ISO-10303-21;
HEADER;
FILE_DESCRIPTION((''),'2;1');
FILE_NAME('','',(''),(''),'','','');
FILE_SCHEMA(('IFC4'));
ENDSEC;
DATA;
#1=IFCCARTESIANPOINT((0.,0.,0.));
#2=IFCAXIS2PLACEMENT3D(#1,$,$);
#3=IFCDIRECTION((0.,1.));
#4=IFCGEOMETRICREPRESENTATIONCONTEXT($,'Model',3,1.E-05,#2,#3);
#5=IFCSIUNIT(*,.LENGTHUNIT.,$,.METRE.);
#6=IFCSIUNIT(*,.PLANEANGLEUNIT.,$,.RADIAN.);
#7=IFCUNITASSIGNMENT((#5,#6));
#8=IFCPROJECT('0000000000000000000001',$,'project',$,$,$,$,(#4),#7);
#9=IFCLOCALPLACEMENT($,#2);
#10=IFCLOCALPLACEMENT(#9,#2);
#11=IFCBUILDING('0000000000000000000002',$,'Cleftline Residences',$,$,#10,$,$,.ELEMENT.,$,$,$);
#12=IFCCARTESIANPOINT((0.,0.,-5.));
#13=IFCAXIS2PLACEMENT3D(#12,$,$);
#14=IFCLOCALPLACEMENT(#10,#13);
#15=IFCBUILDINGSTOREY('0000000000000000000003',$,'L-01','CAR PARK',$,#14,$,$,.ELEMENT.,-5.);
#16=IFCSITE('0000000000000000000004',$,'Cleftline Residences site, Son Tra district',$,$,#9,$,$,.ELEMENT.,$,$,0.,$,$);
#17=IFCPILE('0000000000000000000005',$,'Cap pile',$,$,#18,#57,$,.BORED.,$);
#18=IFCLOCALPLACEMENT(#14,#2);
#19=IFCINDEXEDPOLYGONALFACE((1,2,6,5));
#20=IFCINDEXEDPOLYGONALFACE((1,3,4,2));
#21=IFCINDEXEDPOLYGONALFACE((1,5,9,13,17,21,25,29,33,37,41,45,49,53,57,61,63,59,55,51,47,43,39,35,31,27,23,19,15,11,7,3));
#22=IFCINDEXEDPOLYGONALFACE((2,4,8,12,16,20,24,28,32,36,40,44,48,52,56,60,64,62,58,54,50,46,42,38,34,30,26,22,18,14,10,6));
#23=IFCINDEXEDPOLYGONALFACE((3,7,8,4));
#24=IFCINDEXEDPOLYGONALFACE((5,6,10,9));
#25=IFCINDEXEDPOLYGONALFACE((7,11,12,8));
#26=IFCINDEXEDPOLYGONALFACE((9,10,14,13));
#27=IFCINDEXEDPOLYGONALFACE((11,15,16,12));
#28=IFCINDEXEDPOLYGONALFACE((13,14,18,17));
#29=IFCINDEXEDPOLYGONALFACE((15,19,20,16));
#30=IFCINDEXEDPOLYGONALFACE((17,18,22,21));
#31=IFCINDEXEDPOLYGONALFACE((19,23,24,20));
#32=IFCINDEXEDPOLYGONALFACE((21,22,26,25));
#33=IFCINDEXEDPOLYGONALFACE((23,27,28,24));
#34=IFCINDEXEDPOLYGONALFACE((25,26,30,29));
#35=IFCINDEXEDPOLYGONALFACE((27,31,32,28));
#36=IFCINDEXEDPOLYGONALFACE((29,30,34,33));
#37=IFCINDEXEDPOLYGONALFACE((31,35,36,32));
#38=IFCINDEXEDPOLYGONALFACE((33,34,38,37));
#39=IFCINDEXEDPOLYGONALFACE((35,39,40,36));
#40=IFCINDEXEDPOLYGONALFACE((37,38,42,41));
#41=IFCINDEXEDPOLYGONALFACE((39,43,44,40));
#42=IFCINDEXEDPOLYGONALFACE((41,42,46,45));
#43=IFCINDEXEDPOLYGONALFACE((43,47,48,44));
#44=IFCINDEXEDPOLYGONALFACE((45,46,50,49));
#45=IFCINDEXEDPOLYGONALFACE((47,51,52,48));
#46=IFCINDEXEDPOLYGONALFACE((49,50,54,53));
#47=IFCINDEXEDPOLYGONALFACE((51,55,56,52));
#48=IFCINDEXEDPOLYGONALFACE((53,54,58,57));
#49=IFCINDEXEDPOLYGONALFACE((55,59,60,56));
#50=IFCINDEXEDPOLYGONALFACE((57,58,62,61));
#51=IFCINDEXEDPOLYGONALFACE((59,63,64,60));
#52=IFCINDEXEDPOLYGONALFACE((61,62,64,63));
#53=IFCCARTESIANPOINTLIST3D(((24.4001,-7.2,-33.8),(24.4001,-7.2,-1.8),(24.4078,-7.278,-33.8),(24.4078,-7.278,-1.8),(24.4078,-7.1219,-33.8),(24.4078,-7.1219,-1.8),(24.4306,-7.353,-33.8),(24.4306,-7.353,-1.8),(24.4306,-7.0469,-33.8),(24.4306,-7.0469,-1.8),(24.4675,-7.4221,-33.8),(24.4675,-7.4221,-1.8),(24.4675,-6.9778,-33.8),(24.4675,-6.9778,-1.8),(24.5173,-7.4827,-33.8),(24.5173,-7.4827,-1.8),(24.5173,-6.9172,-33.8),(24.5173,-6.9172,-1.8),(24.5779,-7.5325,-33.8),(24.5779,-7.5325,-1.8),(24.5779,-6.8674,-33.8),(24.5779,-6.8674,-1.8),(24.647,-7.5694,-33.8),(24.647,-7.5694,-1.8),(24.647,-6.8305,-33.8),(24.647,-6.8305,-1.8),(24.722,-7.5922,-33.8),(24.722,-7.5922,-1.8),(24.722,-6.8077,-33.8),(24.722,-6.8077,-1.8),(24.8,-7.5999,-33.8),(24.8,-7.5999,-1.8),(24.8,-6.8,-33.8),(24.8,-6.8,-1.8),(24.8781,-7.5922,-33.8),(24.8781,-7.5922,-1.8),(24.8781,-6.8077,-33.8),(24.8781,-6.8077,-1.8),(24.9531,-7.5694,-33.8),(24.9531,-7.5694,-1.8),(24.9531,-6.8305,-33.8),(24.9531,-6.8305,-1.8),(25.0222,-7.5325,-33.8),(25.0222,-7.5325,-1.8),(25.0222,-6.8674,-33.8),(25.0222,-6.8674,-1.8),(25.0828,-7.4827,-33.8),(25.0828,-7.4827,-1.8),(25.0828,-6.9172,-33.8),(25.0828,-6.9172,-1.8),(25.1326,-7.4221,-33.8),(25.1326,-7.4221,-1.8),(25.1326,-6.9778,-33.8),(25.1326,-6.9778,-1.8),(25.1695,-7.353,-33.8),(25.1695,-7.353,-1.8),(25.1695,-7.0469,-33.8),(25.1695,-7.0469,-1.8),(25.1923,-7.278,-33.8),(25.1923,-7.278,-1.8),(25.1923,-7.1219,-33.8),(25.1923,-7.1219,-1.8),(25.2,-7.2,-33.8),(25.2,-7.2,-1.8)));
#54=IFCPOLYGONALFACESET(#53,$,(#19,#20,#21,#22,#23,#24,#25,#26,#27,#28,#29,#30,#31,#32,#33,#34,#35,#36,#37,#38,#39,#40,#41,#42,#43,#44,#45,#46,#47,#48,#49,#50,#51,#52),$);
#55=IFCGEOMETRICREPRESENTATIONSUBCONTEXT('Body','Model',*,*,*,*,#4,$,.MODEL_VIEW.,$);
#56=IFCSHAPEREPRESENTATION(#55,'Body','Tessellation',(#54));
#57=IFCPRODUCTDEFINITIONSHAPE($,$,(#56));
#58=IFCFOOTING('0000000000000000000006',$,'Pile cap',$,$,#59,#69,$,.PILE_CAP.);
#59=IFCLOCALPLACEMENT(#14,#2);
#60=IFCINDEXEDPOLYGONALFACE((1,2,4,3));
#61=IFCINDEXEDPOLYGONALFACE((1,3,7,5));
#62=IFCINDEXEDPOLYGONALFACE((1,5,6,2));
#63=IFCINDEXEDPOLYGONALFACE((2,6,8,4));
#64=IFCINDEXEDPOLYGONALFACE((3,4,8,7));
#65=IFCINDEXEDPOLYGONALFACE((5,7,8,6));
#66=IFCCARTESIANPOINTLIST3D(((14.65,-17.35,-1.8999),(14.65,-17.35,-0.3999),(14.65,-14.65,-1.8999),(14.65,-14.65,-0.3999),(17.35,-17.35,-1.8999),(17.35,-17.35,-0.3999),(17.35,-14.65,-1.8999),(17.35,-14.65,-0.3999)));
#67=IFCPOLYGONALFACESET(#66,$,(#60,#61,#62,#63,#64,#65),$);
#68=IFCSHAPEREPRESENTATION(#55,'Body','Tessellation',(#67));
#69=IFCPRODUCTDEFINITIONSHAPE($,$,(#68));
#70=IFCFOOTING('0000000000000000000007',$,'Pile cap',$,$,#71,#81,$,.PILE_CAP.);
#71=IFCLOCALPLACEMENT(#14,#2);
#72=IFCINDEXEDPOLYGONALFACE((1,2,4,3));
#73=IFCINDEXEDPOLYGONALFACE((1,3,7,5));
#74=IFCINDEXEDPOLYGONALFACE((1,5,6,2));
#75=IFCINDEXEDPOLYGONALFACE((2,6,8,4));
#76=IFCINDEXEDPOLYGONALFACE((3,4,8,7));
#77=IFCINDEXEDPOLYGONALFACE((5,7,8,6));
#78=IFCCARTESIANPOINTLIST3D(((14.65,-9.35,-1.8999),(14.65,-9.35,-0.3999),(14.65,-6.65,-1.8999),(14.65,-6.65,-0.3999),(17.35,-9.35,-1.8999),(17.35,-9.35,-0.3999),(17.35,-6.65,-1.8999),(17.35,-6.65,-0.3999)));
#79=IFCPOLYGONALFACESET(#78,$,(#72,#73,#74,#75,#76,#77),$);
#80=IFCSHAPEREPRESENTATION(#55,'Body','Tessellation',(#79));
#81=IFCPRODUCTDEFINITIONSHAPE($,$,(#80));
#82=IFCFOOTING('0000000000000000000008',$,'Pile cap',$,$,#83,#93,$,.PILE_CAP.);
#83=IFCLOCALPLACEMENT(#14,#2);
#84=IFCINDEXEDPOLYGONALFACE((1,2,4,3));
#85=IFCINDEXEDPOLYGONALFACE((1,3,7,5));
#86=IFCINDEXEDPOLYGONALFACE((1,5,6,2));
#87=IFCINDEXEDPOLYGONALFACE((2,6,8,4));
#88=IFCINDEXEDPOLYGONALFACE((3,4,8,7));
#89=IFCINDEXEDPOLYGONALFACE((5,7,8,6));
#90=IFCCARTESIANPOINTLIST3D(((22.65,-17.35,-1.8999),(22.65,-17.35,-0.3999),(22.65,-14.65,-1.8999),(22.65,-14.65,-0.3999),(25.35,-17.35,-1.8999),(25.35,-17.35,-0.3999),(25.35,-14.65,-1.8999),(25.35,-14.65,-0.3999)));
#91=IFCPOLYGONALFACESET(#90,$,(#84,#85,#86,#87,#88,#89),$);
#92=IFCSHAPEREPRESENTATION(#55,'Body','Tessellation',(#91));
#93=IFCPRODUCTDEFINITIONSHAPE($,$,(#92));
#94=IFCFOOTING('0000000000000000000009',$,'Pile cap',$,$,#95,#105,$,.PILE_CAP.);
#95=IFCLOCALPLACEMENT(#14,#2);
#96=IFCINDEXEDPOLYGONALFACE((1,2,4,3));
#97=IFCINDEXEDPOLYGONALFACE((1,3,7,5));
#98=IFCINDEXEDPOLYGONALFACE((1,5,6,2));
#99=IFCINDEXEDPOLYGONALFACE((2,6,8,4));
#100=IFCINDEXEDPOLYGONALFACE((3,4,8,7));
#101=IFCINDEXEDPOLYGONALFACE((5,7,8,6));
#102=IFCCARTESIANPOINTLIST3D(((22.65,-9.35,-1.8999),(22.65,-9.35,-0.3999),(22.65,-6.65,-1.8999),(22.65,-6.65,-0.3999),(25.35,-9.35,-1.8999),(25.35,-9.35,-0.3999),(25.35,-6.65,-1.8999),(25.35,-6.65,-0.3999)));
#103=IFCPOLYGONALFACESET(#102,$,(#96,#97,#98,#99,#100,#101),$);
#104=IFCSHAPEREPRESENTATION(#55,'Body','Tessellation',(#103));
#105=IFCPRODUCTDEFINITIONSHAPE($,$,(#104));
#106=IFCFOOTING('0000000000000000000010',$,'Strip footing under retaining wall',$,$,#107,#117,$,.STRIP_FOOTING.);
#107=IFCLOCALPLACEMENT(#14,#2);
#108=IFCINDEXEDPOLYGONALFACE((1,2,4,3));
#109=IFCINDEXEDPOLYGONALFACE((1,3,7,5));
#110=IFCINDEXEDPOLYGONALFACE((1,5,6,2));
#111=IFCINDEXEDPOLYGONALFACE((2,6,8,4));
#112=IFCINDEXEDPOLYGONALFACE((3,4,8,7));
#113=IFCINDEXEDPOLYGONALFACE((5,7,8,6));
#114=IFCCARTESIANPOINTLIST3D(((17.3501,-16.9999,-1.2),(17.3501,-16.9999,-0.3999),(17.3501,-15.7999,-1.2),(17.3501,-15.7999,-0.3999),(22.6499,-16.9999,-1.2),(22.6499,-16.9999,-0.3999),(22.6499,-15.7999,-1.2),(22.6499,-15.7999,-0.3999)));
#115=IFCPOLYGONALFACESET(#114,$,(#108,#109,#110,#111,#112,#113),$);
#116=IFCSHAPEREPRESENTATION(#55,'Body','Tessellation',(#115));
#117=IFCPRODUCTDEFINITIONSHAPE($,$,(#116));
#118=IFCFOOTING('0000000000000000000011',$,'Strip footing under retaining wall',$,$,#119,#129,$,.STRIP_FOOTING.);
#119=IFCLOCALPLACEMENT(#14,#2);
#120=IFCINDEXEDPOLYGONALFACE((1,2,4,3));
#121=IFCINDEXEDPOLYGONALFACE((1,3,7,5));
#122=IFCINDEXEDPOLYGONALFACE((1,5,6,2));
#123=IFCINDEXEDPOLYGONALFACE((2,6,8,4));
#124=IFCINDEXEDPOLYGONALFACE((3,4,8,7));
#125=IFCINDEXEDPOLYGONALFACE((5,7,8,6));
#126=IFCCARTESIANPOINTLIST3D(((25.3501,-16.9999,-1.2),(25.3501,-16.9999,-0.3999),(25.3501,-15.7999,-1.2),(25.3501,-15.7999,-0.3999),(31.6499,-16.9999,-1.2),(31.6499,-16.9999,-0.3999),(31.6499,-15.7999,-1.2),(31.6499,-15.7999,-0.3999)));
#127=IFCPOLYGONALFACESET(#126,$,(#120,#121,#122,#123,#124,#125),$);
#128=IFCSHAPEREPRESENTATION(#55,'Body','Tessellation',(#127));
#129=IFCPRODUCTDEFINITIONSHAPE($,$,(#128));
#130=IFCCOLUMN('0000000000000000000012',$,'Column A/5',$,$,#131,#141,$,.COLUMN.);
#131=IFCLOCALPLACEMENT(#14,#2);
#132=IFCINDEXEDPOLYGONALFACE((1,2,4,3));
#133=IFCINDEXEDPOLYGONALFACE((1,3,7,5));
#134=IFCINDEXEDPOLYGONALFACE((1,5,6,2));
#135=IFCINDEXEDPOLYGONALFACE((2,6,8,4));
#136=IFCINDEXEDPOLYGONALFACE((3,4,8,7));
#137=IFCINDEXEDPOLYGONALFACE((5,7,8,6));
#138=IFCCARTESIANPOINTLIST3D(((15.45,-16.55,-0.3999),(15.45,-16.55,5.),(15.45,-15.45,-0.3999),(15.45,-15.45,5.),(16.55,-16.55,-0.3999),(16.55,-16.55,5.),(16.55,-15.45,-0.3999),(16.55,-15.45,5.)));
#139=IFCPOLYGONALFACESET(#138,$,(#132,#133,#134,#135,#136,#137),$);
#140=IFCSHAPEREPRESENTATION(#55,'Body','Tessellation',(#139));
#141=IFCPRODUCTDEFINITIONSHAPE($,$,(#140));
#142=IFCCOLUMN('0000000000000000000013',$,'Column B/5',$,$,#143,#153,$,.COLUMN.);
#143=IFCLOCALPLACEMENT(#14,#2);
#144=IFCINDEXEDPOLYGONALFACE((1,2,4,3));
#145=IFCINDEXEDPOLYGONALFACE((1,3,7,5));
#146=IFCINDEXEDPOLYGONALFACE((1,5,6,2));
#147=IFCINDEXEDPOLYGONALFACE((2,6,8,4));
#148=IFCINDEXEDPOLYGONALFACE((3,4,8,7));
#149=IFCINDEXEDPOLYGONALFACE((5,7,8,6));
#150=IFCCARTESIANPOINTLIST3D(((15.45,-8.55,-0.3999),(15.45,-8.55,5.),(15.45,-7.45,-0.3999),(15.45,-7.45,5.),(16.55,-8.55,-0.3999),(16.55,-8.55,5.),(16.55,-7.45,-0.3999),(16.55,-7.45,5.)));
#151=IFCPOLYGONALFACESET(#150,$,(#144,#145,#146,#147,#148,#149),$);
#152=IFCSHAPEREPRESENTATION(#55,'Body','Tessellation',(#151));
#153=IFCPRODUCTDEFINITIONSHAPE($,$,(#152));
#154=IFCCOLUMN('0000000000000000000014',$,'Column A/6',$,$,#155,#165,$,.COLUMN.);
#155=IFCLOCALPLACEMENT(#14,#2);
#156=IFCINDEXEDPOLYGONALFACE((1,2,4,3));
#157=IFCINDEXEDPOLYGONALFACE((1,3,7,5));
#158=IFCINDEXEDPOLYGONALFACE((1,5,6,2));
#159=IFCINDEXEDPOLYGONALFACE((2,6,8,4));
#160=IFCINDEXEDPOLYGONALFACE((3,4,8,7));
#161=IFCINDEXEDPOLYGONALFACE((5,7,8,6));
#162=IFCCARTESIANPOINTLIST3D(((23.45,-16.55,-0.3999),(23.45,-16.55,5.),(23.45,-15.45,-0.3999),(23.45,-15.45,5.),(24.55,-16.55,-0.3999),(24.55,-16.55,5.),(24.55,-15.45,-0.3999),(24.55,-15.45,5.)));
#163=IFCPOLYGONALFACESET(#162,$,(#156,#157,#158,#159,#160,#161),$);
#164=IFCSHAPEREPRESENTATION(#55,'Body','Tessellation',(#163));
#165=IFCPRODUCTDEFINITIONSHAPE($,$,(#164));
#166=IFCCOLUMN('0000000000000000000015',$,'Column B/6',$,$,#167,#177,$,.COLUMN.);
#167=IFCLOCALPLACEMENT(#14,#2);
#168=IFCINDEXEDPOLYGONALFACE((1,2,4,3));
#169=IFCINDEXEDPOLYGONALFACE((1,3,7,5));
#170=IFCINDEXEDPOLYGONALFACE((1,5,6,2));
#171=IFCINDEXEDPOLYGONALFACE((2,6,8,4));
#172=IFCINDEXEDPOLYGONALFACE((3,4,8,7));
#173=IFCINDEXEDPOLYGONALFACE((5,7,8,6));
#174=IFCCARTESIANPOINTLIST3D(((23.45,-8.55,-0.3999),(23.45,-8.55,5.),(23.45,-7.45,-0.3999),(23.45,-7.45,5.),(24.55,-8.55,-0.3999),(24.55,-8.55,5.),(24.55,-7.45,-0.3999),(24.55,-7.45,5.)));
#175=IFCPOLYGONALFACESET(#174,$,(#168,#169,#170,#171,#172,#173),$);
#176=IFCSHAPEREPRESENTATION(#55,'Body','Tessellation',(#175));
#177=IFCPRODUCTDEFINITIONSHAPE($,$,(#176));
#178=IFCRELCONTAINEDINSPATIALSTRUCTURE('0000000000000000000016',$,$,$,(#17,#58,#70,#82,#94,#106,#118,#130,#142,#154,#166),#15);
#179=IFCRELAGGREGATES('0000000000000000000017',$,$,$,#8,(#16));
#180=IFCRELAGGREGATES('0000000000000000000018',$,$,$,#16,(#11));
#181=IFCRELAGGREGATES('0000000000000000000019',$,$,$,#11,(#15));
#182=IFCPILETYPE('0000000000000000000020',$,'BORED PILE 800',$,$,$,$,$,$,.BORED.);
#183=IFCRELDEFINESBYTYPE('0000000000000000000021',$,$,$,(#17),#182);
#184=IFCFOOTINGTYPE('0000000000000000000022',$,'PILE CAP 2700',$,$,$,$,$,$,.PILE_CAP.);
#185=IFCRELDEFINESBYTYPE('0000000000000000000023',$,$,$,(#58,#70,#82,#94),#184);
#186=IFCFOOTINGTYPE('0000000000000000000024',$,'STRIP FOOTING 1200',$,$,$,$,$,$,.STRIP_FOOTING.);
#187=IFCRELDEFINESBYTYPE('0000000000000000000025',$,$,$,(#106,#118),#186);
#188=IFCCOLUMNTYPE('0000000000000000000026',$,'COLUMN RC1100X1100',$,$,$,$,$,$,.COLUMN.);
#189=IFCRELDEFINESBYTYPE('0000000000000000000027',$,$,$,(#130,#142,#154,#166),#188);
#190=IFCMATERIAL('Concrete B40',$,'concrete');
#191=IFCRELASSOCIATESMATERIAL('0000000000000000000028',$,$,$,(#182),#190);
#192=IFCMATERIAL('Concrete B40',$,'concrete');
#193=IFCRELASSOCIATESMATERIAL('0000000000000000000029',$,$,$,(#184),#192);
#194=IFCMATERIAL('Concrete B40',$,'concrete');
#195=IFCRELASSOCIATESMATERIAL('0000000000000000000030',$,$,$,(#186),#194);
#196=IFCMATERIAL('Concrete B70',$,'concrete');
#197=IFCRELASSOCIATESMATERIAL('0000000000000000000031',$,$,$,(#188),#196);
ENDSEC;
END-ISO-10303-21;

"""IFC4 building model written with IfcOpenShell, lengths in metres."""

from ifc_helpers import new_model, si_unit, direction, frame, frame_2d, origin, origin_2d, place, context, subcontext, project, spatial, rectangle, circle, extrude, material, material_profile, profile_set, type_object, element, save


model = new_model("IFC4")

# Units and contexts
model_context = context("Model", 3, precision=1e-05, world=origin(), true_north=direction((0.0, 1.0)))
body_context = subcontext(model_context, "Body", "Model", "MODEL_VIEW")
ifc_project = project(units=[si_unit("LENGTHUNIT", "METRE"), si_unit("PLANEANGLEUNIT", "RADIAN")], contexts=[model_context])

# Site, building, storey
site_placement = place(None, origin())
site = spatial("IfcSite", under=ifc_project, at=site_placement, Name="Cleftline Residences site, Son Tra district", CompositionType="ELEMENT", RefElevation=0.0)
building_placement = place(site_placement, origin())
building = spatial("IfcBuilding", under=site, at=building_placement, Name="Cleftline Residences", CompositionType="ELEMENT")
storey_placement = place(building_placement, frame((0.0, 0.0, -5.0)))
storey = spatial("IfcBuildingStorey", under=building, at=storey_placement, Name="L-01", Description="CAR PARK", CompositionType="ELEMENT", Elevation=-5.0)

# Pile
ifc_material_1 = material(Name="Concrete B40", Category="concrete")
ifc_material_profile_1 = material_profile(ifc_material_1, circle(Radius=0.3999, at=origin_2d()))
ifc_profile_set_1 = profile_set([ifc_material_profile_1], Name="Concrete B40")
pile_type_1 = type_object("IfcPileType", Name="BORED PILE 800", PredefinedType="BORED", material=ifc_profile_set_1)
for number, where, z_axis, x_axis, name in (
    (1, (24.8, -7.2, -1.8), (0.0, 0.0, -1.0), (1.0, 0.0, 0.0), "Cap pile"),
):
    element("IfcPile", number, at=place(storey_placement, frame(where, z_axis=z_axis, x_axis=x_axis)), inside=storey, type_object=pile_type_1, Name=name, PredefinedType="BORED", context=body_context, shape_type="SweptSolid", body=[
        extrude(circle(Radius=0.3999, at=origin_2d()), origin(), (0.0, 0.0, 1.0), 32.0),
    ])

# Footings
ifc_material_2 = material(Name="Concrete B40", Category="concrete")
footing_type_1 = type_object("IfcFootingType", Name="PILE CAP 2700", PredefinedType="PILE_CAP", material=ifc_material_2)
for number, where, z_axis, x_axis, name in (
    (2, (16.0, -16.0, -1.8999), (0.0, 0.0, 1.0), (1.0, 0.0, 0.0), "Pile cap"),
    (3, (16.0, -8.0, -1.8999), (0.0, 0.0, 1.0), (1.0, 0.0, 0.0), "Pile cap"),
    (4, (24.0, -16.0, -1.8999), (0.0, 0.0, 1.0), (1.0, 0.0, 0.0), "Pile cap"),
    (5, (24.0, -8.0, -1.8999), (0.0, 0.0, 1.0), (1.0, 0.0, 0.0), "Pile cap"),
):
    element("IfcFooting", number, at=place(storey_placement, frame(where, z_axis=z_axis, x_axis=x_axis)), inside=storey, type_object=footing_type_1, Name=name, PredefinedType="PILE_CAP", context=body_context, shape_type="SweptSolid", body=[
        extrude(rectangle(XDim=2.7, YDim=2.7, at=origin_2d()), origin(), (0.0, 0.0, 1.0), 1.5),
    ])
ifc_material_3 = material(Name="Concrete B40", Category="concrete")
footing_type_2 = type_object("IfcFootingType", Name="STRIP FOOTING 1200", PredefinedType="STRIP_FOOTING", material=ifc_material_3)
footing_1_placement = place(storey_placement, frame((17.3501, -16.3999, -1.2), z_axis=(0.0, 0.0, 1.0), x_axis=(1.0, 0.0, 0.0)))
element("IfcFooting", 6, at=footing_1_placement, inside=storey, type_object=footing_type_2, Name="Strip footing under retaining wall", PredefinedType="STRIP_FOOTING", context=body_context, shape_type="SweptSolid", body=[
    extrude(rectangle(XDim=5.2998, YDim=1.2, at=frame_2d((2.6499, 0.0))), origin(), (0.0, 0.0, 1.0), 0.8),
])
footing_2_placement = place(storey_placement, frame((25.3501, -16.3999, -1.2), z_axis=(0.0, 0.0, 1.0), x_axis=(1.0, 0.0, 0.0)))
element("IfcFooting", 7, at=footing_2_placement, inside=storey, type_object=footing_type_2, Name="Strip footing under retaining wall", PredefinedType="STRIP_FOOTING", context=body_context, shape_type="SweptSolid", body=[
    extrude(rectangle(XDim=6.2998, YDim=1.2, at=frame_2d((3.1499, 0.0))), origin(), (0.0, 0.0, 1.0), 0.8),
])

# Columns
ifc_material_4 = material(Name="Concrete B70", Category="concrete")
ifc_material_profile_2 = material_profile(ifc_material_4, rectangle(XDim=1.1001, YDim=1.1001, at=origin_2d()))
ifc_profile_set_2 = profile_set([ifc_material_profile_2], Name="Concrete B70")
column_type = type_object("IfcColumnType", Name="COLUMN RC1100X1100", PredefinedType="COLUMN", material=ifc_profile_set_2)
for number, where, z_axis, x_axis, name in (
    (8, (16.0, -16.0, -0.3999), (0.0, 0.0, 1.0), (1.0, 0.0, 0.0), "Column A/5"),
    (9, (16.0, -8.0, -0.3999), (0.0, 0.0, 1.0), (1.0, 0.0, 0.0), "Column B/5"),
    (10, (24.0, -16.0, -0.3999), (0.0, 0.0, 1.0), (1.0, 0.0, 0.0), "Column A/6"),
    (11, (24.0, -8.0, -0.3999), (0.0, 0.0, 1.0), (1.0, 0.0, 0.0), "Column B/6"),
):
    element("IfcColumn", number, at=place(storey_placement, frame(where, z_axis=z_axis, x_axis=x_axis)), inside=storey, type_object=column_type, Name=name, PredefinedType="COLUMN", context=body_context, shape_type="SweptSolid", body=[
        extrude(rectangle(XDim=1.1001, YDim=1.1001, at=origin_2d()), origin(), (0.0, 0.0, 1.0), 5.3999),
    ])

save(model, "model.ifc")
